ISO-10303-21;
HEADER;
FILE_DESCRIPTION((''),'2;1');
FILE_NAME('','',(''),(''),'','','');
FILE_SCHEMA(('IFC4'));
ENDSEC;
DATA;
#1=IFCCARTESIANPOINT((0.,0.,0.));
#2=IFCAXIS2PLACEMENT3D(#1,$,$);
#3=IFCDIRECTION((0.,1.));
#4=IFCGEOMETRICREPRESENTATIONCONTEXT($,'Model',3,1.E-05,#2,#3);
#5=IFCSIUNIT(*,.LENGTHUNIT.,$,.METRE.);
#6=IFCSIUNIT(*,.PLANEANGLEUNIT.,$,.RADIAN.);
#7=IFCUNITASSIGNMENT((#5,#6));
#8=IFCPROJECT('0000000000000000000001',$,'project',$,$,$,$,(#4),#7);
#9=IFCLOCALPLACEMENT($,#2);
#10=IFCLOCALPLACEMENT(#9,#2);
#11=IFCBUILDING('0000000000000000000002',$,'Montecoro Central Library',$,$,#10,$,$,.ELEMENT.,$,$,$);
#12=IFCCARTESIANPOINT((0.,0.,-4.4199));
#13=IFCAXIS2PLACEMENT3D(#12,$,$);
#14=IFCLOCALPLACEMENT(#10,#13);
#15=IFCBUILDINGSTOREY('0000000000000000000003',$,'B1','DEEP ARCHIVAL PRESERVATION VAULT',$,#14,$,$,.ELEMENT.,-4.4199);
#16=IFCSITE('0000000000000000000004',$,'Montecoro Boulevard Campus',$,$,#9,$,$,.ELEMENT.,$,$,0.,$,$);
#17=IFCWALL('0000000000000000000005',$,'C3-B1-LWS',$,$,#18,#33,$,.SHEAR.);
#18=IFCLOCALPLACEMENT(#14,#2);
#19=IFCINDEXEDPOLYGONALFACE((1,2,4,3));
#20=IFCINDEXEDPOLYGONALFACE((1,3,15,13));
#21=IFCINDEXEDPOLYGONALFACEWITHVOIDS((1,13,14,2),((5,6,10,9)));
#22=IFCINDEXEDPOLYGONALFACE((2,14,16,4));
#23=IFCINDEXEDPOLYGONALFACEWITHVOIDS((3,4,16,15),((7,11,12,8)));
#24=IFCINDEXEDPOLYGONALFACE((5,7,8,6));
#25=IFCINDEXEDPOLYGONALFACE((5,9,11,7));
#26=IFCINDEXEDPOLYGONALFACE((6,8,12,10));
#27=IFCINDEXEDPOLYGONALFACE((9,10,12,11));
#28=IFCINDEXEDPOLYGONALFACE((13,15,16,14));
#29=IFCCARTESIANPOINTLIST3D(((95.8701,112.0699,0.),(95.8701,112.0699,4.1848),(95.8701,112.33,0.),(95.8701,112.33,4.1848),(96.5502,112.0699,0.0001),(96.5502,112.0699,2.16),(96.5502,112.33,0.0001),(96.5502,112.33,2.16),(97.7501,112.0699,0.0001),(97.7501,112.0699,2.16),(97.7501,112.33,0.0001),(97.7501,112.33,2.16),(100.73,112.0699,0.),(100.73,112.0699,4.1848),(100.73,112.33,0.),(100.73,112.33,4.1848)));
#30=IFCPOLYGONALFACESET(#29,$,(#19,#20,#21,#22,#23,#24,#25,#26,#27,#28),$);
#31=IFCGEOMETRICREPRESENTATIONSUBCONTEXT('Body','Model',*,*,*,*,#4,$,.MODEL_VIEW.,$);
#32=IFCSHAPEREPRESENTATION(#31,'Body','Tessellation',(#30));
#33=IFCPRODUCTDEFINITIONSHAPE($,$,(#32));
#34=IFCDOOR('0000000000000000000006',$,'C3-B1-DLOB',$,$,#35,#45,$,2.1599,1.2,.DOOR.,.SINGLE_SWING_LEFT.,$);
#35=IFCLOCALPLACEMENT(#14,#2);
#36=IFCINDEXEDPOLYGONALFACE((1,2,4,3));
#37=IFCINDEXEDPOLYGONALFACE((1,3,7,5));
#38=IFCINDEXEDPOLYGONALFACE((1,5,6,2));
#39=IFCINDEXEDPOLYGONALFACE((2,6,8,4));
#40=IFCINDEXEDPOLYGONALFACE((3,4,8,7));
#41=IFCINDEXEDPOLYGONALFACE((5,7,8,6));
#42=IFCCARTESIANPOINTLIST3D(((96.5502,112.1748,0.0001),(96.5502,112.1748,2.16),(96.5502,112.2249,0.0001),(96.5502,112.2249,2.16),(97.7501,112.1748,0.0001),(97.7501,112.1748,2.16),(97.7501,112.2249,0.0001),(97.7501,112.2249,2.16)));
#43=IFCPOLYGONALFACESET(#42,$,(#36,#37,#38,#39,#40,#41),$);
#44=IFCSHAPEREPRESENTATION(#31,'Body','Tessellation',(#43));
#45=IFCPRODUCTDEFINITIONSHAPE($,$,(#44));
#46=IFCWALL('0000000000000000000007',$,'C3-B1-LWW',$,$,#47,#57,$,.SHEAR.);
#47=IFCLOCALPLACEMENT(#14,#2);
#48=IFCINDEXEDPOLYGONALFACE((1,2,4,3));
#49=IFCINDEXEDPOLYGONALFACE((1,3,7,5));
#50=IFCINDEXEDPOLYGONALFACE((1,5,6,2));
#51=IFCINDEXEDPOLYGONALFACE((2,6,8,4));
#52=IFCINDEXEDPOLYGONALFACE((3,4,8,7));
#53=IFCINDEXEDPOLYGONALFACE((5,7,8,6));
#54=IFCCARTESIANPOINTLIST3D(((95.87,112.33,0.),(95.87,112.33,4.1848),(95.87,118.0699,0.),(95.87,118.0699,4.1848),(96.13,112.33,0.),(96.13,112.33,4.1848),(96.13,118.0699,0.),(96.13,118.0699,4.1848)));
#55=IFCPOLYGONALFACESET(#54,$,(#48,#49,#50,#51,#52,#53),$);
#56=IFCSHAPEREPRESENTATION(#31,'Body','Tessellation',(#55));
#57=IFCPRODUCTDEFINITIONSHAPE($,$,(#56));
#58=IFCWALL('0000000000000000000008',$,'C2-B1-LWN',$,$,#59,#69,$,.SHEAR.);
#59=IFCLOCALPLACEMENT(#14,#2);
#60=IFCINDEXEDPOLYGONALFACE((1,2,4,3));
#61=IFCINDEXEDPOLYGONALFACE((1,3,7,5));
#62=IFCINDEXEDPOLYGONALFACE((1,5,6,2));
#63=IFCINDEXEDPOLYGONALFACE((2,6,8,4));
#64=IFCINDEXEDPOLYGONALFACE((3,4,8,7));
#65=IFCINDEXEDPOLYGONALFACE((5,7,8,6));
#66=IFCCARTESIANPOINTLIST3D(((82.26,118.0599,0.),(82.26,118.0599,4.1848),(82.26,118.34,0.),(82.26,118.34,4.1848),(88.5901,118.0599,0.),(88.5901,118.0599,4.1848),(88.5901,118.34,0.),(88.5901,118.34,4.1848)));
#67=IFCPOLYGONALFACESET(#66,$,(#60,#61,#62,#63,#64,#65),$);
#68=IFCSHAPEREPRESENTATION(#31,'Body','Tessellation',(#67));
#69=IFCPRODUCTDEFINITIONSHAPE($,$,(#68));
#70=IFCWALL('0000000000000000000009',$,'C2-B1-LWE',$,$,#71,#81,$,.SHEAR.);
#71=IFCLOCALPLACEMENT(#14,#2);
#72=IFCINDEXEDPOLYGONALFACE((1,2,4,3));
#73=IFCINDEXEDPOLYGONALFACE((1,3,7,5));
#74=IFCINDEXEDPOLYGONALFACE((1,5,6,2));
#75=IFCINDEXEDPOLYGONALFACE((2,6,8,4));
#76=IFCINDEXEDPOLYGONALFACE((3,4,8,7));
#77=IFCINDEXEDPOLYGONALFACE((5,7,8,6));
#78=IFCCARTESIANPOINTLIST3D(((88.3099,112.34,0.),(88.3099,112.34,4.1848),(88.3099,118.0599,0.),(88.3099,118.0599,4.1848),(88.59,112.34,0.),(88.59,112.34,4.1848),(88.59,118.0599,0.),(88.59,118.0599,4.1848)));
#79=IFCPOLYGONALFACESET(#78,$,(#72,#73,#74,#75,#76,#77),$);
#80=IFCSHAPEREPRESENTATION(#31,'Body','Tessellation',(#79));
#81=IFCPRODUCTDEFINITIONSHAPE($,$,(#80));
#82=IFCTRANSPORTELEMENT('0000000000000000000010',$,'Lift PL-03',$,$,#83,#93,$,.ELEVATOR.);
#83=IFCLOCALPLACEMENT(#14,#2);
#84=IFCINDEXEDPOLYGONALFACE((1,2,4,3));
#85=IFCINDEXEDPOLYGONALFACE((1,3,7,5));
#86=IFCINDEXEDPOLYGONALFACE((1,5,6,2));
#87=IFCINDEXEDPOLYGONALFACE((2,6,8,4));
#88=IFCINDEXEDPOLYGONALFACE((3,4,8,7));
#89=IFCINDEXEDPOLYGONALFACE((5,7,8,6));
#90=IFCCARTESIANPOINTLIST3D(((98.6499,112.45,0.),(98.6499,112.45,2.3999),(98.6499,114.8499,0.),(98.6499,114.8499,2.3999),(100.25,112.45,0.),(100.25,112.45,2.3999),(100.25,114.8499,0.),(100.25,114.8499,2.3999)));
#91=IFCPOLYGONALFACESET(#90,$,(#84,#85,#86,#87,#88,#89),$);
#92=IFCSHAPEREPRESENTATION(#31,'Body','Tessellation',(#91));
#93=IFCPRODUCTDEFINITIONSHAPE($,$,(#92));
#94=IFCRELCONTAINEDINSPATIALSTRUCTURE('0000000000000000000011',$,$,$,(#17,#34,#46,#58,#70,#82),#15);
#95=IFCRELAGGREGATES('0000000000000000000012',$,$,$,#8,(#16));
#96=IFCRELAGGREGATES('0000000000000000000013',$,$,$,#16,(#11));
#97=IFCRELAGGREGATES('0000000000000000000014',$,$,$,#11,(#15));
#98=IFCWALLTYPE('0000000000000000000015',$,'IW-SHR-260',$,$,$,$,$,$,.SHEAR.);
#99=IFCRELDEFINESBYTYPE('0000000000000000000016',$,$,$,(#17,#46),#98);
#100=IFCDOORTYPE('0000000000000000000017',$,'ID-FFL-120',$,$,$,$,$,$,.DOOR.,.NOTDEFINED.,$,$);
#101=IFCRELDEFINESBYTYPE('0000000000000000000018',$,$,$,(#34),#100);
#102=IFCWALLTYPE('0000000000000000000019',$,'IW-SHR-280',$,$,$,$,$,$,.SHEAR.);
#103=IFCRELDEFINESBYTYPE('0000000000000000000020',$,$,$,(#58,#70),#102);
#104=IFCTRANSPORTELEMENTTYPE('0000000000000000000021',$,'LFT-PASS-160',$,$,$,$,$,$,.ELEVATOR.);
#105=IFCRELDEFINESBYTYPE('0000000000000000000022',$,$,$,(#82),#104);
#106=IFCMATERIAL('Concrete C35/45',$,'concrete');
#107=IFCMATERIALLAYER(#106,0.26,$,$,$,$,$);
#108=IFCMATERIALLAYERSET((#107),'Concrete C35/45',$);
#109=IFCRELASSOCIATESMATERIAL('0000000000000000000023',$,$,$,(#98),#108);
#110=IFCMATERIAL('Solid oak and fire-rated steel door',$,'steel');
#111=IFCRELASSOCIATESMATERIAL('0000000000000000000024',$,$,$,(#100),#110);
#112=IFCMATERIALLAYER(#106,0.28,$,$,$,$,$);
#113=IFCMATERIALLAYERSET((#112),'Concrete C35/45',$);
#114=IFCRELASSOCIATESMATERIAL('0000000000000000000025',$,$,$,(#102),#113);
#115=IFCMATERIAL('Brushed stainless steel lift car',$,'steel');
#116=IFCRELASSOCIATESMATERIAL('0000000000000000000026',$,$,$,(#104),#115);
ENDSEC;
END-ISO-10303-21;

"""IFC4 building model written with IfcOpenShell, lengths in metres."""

from ifc_helpers import new_model, si_unit, direction, frame, frame_2d, origin, origin_2d, place, context, subcontext, project, spatial, rectangle, extrude, material, layer, layer_set, type_object, element, fill, save


model = new_model("IFC4")

# Units and contexts
model_context = context("Model", 3, precision=1e-05, world=origin(), true_north=direction((0.0, 1.0)))
body_context = subcontext(model_context, "Body", "Model", "MODEL_VIEW")
ifc_project = project(units=[si_unit("LENGTHUNIT", "METRE"), si_unit("PLANEANGLEUNIT", "RADIAN")], contexts=[model_context])

# Site, building, storey
site_placement = place(None, origin())
site = spatial("IfcSite", under=ifc_project, at=site_placement, Name="Montecoro Boulevard Campus", CompositionType="ELEMENT", RefElevation=0.0)
building_placement = place(site_placement, origin())
building = spatial("IfcBuilding", under=site, at=building_placement, Name="Montecoro Central Library", CompositionType="ELEMENT")
storey_placement = place(building_placement, frame((0.0, 0.0, -4.4199)))
storey = spatial("IfcBuildingStorey", under=building, at=storey_placement, Name="B1", Description="DEEP ARCHIVAL PRESERVATION VAULT", CompositionType="ELEMENT", Elevation=-4.4199)

# Shared definitions
ifc_material_1 = material(Name="Concrete C35/45", Category="concrete")

# Wall, opening, door
ifc_material_2 = material(Name="Solid oak and fire-rated steel door", Category="steel")
ifc_layer_1 = layer(ifc_material_1, 0.26)
ifc_layer_set_1 = layer_set([ifc_layer_1], Name="Concrete C35/45")
wall_type_1 = type_object("IfcWallType", Name="IW-SHR-260", PredefinedType="SHEAR", material=ifc_layer_set_1)
wall_1_placement = place(storey_placement, frame((95.8701, 112.2, 0.0), z_axis=(0.0, 0.0, 1.0), x_axis=(1.0, 0.0, 0.0)))
wall_1 = element("IfcWall", 1, at=wall_1_placement, inside=storey, type_object=wall_type_1, Name="C3-B1-LWS", PredefinedType="SHEAR", context=body_context, shape_type="SweptSolid", body=[
    extrude(rectangle(XDim=4.8599, YDim=0.26, at=frame_2d((2.4299, 0.0))), origin(), (0.0, 0.0, 1.0), 4.1848),
])
opening_1_placement = place(wall_1_placement, frame((0.6799, 0.0, 0.0)))
opening_1 = element("IfcOpeningElement", 2, at=opening_1_placement, cuts=wall_1, PredefinedType="OPENING", context=body_context, shape_type="SweptSolid", body=[
    extrude(rectangle(XDim=1.2, YDim=2.1599, at=frame_2d((0.6001, 1.0801))), frame((0.0, 0.1399, 0.0), z_axis=(0.0, -1.0, 0.0), x_axis=(1.0, 0.0, 0.0)), (0.0, 0.0, 1.0), 0.28),
])
door_type_1 = type_object("IfcDoorType", Name="ID-FFL-120", OperationType="NOTDEFINED", PredefinedType="DOOR", material=ifc_material_2)
door_1_placement = place(opening_1_placement, origin())
door_1 = element("IfcDoor", 3, at=door_1_placement, inside=storey, type_object=door_type_1, Name="C3-B1-DLOB", OperationType="SINGLE_SWING_LEFT", OverallHeight=2.1599, OverallWidth=1.2, PredefinedType="DOOR", context=body_context, shape_type="SweptSolid", body=[
    extrude(rectangle(XDim=1.2, YDim=2.1599, at=frame_2d((0.6001, 1.0801))), frame((0.0, 0.0249, 0.0), z_axis=(0.0, -1.0, 0.0), x_axis=(1.0, 0.0, 0.0)), (0.0, 0.0, 1.0), 0.05),
])
fill(opening_1, door_1)

# Walls
wall_2_placement = place(storey_placement, frame((96.0, 118.0701, 0.0), z_axis=(0.0, 0.0, 1.0), x_axis=(0.0, -1.0, 0.0)))
element("IfcWall", 4, at=wall_2_placement, inside=storey, type_object=wall_type_1, Name="C3-B1-LWW", PredefinedType="SHEAR", context=body_context, shape_type="SweptSolid", body=[
    extrude(rectangle(XDim=5.74, YDim=0.26, at=frame_2d((2.8701, 0.0))), origin(), (0.0, 0.0, 1.0), 4.1848),
])
ifc_layer_2 = layer(ifc_material_1, 0.28)
ifc_layer_set_2 = layer_set([ifc_layer_2], Name="Concrete C35/45")
wall_type_2 = type_object("IfcWallType", Name="IW-SHR-280", PredefinedType="SHEAR", material=ifc_layer_set_2)
wall_3_placement = place(storey_placement, frame((88.5901, 118.2, 0.0), z_axis=(0.0, 0.0, 1.0), x_axis=(-1.0, 0.0, 0.0)))
element("IfcWall", 5, at=wall_3_placement, inside=storey, type_object=wall_type_2, Name="C2-B1-LWN", PredefinedType="SHEAR", context=body_context, shape_type="SweptSolid", body=[
    extrude(rectangle(XDim=6.3301, YDim=0.28, at=frame_2d((3.165, 0.0))), origin(), (0.0, 0.0, 1.0), 4.1848),
])
wall_4_placement = place(storey_placement, frame((88.45, 112.3401, 0.0), z_axis=(0.0, 0.0, 1.0), x_axis=(0.0, 1.0, 0.0)))
element("IfcWall", 6, at=wall_4_placement, inside=storey, type_object=wall_type_2, Name="C2-B1-LWE", PredefinedType="SHEAR", context=body_context, shape_type="SweptSolid", body=[
    extrude(rectangle(XDim=5.72, YDim=0.28, at=frame_2d((2.8599, 0.0))), origin(), (0.0, 0.0, 1.0), 4.1848),
])

# Transport element
ifc_material_3 = material(Name="Brushed stainless steel lift car", Category="steel")
transport_element_type = type_object("IfcTransportElementType", Name="LFT-PASS-160", PredefinedType="ELEVATOR", material=ifc_material_3)
transport_element_placement = place(storey_placement, frame((99.45, 113.6499, 0.0), z_axis=(0.0, 0.0, 1.0), x_axis=(1.0, 0.0, 0.0)))
element("IfcTransportElement", 7, at=transport_element_placement, inside=storey, type_object=transport_element_type, Name="Lift PL-03", PredefinedType="ELEVATOR", context=body_context, shape_type="SweptSolid", body=[
    extrude(rectangle(XDim=1.6001, YDim=2.3999, at=origin_2d()), origin(), (0.0, 0.0, 1.0), 2.3999),
])

save(model, "model.ifc")
